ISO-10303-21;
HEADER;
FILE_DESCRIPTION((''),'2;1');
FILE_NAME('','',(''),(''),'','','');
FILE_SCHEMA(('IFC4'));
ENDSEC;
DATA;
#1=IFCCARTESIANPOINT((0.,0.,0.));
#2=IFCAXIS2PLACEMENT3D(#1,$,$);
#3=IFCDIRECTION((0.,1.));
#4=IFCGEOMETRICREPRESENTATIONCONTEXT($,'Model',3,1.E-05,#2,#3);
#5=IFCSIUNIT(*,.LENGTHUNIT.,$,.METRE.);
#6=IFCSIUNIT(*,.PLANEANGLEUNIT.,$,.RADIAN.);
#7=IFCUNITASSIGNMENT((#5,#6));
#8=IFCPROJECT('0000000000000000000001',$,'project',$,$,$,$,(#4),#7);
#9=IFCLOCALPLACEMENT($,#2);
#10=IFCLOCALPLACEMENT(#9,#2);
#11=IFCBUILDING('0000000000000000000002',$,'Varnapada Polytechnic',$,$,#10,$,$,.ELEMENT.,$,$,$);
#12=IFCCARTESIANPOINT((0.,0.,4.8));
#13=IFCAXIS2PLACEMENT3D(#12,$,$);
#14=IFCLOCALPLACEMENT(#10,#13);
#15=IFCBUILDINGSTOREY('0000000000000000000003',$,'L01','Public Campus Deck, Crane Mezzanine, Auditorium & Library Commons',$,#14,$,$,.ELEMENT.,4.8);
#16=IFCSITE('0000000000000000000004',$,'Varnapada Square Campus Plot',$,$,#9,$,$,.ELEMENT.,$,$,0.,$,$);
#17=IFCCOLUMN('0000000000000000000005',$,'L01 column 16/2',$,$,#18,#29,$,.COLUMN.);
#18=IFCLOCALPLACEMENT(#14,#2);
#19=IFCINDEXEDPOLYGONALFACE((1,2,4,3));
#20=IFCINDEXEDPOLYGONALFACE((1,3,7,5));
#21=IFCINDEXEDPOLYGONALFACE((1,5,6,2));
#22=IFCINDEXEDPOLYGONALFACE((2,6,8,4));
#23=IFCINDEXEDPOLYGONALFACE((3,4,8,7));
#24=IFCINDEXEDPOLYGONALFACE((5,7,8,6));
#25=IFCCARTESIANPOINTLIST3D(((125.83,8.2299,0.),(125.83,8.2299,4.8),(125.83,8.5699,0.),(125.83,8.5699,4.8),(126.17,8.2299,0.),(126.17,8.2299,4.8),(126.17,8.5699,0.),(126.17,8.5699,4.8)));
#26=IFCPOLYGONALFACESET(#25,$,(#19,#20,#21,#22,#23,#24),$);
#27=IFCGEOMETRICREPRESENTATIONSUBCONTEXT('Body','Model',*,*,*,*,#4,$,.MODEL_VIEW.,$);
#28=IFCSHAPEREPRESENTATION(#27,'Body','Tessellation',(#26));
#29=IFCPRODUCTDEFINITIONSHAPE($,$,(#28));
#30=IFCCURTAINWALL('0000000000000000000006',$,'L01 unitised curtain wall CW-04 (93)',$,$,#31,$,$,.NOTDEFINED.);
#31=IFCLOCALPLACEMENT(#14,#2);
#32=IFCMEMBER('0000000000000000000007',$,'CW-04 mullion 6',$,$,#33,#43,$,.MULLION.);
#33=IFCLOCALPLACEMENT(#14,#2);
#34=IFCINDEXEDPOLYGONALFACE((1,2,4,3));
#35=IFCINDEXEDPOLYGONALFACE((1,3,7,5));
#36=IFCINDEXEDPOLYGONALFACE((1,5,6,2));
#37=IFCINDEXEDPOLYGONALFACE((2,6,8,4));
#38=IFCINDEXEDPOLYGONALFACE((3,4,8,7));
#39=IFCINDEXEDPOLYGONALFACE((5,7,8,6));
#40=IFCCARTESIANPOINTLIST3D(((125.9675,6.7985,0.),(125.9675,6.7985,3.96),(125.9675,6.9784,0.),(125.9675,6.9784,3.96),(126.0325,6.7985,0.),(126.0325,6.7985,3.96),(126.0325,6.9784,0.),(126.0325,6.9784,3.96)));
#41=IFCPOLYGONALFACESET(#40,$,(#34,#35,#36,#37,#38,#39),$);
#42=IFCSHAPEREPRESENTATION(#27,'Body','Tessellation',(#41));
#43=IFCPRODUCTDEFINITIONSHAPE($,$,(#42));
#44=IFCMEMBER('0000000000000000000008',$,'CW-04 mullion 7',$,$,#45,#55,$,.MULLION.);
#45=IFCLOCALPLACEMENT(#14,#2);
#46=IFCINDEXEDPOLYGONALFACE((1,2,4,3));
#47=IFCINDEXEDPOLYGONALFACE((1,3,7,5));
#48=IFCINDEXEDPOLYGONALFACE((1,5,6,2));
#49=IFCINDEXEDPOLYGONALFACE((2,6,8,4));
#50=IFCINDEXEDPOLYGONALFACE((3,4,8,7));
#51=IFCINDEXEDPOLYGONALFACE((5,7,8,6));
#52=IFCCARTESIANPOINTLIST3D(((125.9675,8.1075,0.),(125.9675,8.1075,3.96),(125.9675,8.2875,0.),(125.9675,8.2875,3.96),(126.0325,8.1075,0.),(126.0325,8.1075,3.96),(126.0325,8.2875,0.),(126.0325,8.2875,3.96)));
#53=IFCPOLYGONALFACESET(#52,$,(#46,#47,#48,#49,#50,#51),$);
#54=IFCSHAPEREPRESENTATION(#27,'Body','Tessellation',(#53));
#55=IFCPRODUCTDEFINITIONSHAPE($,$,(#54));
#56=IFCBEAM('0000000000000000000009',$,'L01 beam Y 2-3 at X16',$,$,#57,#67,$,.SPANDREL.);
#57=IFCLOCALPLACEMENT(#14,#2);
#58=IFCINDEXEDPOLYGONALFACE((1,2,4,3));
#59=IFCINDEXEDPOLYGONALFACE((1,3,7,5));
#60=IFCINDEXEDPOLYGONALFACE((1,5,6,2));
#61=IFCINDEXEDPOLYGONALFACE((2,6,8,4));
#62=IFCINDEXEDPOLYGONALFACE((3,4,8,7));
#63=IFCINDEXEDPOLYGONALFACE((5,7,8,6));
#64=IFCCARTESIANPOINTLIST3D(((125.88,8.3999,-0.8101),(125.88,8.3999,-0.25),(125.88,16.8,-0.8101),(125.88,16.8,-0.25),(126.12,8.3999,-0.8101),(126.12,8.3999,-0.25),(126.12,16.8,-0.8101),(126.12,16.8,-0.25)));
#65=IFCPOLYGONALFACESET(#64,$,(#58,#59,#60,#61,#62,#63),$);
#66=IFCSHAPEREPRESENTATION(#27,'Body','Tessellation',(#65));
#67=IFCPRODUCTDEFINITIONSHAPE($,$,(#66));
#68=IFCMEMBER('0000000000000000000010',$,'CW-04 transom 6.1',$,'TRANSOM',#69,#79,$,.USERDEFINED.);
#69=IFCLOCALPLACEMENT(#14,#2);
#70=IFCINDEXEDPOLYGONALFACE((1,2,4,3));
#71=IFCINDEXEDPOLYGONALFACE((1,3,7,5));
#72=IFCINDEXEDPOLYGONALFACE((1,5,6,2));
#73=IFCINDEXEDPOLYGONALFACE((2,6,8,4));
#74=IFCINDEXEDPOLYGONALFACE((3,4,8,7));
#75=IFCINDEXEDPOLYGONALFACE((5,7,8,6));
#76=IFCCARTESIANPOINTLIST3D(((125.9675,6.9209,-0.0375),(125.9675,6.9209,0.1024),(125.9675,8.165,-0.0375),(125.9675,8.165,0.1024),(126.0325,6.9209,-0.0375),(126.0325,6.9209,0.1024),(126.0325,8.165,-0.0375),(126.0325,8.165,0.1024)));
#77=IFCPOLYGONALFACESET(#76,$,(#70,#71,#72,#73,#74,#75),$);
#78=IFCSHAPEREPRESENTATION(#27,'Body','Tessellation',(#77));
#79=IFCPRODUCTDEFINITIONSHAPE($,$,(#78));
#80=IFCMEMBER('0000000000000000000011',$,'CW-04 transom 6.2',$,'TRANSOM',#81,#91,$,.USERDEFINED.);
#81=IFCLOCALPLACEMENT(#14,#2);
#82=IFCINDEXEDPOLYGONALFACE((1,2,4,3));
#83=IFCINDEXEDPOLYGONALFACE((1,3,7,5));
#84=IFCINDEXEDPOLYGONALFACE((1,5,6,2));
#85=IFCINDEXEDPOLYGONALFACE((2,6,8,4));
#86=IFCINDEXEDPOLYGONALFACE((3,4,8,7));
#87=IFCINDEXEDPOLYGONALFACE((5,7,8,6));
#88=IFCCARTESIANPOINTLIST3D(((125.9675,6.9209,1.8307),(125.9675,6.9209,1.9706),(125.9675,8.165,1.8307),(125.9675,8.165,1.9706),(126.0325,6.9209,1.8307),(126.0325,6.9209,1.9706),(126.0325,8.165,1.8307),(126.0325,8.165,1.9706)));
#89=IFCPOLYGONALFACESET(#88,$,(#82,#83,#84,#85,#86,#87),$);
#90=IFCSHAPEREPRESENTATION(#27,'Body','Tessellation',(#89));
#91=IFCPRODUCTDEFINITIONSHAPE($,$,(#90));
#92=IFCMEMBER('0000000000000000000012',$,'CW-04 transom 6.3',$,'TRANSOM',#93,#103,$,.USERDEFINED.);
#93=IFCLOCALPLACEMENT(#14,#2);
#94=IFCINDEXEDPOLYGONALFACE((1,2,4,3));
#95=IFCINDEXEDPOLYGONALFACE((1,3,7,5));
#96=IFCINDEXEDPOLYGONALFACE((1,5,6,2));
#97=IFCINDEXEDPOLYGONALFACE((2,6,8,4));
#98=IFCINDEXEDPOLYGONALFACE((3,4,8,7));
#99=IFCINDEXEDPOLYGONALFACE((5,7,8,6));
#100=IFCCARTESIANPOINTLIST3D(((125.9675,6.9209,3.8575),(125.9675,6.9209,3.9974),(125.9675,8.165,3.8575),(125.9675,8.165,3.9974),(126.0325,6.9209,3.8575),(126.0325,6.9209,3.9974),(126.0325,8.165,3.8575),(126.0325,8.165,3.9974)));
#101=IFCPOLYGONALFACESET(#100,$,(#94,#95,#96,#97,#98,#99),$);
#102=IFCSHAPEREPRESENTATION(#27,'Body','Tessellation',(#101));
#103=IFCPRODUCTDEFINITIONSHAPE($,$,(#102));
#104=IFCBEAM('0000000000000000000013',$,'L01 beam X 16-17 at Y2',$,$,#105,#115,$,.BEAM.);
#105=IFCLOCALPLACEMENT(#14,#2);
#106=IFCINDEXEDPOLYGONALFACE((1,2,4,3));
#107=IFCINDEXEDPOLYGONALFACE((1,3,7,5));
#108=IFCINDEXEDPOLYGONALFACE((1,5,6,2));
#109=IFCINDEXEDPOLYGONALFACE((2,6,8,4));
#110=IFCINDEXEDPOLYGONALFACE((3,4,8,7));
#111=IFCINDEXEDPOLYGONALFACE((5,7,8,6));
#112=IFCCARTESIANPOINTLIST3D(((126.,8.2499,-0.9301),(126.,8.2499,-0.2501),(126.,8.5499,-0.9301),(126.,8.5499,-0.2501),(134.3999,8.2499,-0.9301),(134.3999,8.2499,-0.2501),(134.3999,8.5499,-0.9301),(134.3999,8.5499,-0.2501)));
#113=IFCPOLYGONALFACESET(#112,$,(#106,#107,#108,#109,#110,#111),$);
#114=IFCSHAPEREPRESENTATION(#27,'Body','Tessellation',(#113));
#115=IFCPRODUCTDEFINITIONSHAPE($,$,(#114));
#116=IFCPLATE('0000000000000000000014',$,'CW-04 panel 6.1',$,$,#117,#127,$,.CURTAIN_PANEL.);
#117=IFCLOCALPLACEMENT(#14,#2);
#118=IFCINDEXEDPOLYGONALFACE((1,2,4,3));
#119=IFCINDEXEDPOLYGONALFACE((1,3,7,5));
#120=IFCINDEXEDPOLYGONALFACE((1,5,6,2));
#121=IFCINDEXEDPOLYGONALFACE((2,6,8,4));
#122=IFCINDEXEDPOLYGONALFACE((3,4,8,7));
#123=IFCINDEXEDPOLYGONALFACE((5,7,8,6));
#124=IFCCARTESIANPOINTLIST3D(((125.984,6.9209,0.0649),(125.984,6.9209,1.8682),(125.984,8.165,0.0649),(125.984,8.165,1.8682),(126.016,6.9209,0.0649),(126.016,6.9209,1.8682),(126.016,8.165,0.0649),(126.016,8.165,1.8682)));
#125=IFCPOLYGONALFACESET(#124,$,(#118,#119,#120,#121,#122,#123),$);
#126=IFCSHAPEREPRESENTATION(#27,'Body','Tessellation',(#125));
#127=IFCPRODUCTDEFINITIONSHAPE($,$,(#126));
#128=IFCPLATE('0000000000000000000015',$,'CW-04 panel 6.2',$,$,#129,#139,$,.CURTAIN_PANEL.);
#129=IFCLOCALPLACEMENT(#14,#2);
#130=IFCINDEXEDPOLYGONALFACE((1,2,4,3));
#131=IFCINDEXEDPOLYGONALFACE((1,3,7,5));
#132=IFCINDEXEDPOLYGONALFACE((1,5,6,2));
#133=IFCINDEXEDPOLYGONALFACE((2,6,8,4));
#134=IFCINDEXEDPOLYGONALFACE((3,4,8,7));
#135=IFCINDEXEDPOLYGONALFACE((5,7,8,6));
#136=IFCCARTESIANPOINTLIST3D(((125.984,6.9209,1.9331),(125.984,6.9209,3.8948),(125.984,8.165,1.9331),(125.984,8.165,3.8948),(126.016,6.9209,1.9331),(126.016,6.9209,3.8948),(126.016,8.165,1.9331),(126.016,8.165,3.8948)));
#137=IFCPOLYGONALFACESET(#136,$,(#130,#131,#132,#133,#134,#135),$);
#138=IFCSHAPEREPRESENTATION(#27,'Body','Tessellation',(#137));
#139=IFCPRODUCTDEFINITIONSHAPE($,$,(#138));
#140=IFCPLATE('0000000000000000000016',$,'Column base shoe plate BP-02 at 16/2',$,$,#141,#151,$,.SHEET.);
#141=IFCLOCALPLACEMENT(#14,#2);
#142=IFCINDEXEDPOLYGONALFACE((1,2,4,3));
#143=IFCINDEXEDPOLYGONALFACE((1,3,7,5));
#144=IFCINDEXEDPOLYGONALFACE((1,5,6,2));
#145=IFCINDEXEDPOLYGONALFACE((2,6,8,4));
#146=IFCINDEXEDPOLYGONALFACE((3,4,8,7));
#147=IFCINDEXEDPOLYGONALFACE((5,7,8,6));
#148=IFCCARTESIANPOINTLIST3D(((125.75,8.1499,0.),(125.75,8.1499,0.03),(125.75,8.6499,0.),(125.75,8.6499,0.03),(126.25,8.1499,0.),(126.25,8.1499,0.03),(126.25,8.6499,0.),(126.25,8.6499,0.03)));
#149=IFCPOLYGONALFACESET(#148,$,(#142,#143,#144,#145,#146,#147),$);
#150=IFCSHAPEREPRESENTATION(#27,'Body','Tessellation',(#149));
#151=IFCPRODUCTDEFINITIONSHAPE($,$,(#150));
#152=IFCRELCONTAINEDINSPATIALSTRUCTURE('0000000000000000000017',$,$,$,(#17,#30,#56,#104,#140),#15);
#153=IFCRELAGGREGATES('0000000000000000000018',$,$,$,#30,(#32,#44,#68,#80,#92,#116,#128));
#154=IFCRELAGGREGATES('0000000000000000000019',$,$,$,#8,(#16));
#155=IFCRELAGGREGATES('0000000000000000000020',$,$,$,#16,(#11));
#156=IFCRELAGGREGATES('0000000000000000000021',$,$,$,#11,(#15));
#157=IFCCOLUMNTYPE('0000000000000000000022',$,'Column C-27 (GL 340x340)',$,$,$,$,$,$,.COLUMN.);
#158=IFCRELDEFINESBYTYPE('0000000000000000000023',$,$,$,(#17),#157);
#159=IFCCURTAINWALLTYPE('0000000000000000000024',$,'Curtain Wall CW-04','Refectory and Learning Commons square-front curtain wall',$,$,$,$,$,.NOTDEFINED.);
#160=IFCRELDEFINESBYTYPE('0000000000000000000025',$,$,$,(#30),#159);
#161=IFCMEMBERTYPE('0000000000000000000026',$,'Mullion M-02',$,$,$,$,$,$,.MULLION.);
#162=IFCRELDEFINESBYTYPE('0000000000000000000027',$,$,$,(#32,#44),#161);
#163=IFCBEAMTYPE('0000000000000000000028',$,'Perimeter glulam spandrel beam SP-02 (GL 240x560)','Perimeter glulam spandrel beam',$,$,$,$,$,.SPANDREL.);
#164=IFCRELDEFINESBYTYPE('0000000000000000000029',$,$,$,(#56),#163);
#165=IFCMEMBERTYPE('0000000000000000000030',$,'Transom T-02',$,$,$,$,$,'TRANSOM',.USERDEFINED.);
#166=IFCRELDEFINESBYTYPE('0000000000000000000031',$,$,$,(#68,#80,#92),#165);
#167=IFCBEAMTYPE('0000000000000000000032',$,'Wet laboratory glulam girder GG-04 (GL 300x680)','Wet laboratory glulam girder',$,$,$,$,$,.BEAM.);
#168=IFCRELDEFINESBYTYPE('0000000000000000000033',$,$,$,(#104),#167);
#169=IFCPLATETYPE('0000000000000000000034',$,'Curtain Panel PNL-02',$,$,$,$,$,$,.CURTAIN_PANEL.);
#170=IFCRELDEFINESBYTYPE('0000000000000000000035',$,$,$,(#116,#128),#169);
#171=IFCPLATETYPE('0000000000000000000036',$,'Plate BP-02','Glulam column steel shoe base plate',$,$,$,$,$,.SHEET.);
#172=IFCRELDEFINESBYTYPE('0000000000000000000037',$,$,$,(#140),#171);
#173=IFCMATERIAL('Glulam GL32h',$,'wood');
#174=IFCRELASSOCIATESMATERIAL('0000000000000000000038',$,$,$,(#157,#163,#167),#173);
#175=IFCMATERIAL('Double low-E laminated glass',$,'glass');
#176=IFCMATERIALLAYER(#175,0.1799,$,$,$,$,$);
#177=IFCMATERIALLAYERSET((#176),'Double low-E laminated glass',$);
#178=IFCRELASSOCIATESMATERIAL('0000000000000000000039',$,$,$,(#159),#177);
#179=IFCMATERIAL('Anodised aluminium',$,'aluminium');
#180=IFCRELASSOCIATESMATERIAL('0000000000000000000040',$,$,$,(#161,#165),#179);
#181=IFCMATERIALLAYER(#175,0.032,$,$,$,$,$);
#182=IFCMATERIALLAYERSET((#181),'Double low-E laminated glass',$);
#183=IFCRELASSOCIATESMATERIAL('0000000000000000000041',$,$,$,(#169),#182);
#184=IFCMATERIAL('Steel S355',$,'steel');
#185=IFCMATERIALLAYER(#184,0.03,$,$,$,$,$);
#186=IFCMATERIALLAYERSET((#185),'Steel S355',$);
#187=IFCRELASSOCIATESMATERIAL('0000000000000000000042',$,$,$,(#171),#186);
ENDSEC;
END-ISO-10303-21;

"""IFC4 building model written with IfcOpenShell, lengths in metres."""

from ifc_helpers import new_model, si_unit, direction, frame, origin, origin_2d, place, context, subcontext, project, spatial, rectangle, extrude, material, layer, layer_set, material_profile, profile_set, type_object, element, aggregate, save


model = new_model("IFC4")

# Units and contexts
model_context = context("Model", 3, precision=1e-05, world=origin(), true_north=direction((0.0, 1.0)))
body_context = subcontext(model_context, "Body", "Model", "MODEL_VIEW")
ifc_project = project(units=[si_unit("LENGTHUNIT", "METRE"), si_unit("PLANEANGLEUNIT", "RADIAN")], contexts=[model_context])

# Site, building, storey
site_placement = place(None, origin())
site = spatial("IfcSite", under=ifc_project, at=site_placement, Name="Varnapada Square Campus Plot", CompositionType="ELEMENT", RefElevation=0.0)
building_placement = place(site_placement, origin())
building = spatial("IfcBuilding", under=site, at=building_placement, Name="Varnapada Polytechnic", CompositionType="ELEMENT")
storey_placement = place(building_placement, frame((0.0, 0.0, 4.8)))
storey = spatial("IfcBuildingStorey", under=building, at=storey_placement, Name="L01", Description="Public Campus Deck, Crane Mezzanine, Auditorium & Library Commons", CompositionType="ELEMENT", Elevation=4.8)

# Column
ifc_material_1 = material(Name="Glulam GL32h", Category="wood")
ifc_material_profile_1 = material_profile(ifc_material_1, rectangle(XDim=0.3401, YDim=0.3401, at=origin_2d()), Name="GL 340x340")
ifc_profile_set_1 = profile_set([ifc_material_profile_1], Name="Glulam GL32h")
column_type = type_object("IfcColumnType", Name="Column C-27 (GL 340x340)", PredefinedType="COLUMN", material=ifc_profile_set_1)
column_placement = place(storey_placement, frame((126.0, 8.3999, 0.0), z_axis=(0.0, 0.0, 1.0), x_axis=(1.0, 0.0, 0.0)))
element("IfcColumn", 1, at=column_placement, inside=storey, type_object=column_type, Name="L01 column 16/2", PredefinedType="COLUMN", context=body_context, shape_type="SweptSolid", body=[
    extrude(rectangle(XDim=0.3401, YDim=0.3401, at=origin_2d()), origin(), (0.0, 0.0, 1.0), 4.8),
])

# Curtain wall, members
ifc_material_2 = material(Name="Double low-E laminated glass", Category="glass")
ifc_layer_1 = layer(ifc_material_2, 0.1799)
ifc_layer_set_1 = layer_set([ifc_layer_1], Name="Double low-E laminated glass")
curtain_wall_type = type_object("IfcCurtainWallType", Name="Curtain Wall CW-04", Description="Refectory and Learning Commons square-front curtain wall", PredefinedType="NOTDEFINED", material=ifc_layer_set_1)
curtain_wall_placement = place(storey_placement, origin())
curtain_wall = element("IfcCurtainWall", 2, at=curtain_wall_placement, inside=storey, type_object=curtain_wall_type, Name="L01 unitised curtain wall CW-04 (93)", PredefinedType="NOTDEFINED")
ifc_material_3 = material(Name="Anodised aluminium", Category="aluminium")
ifc_material_profile_2 = material_profile(ifc_material_3, rectangle(XDim=0.0649, YDim=0.1799, at=origin_2d()), Name="ALU M65x180")
ifc_profile_set_2 = profile_set([ifc_material_profile_2], Name="Anodised aluminium")
member_type_1 = type_object("IfcMemberType", Name="Mullion M-02", PredefinedType="MULLION", material=ifc_profile_set_2)
member_1_placement = place(storey_placement, frame((126.0, 6.8884, 0.0), z_axis=(0.0, 0.0, 1.0), x_axis=(-1.0, 0.0, 0.0)))
member_1 = element("IfcMember", 3, at=member_1_placement, type_object=member_type_1, Name="CW-04 mullion 6", PredefinedType="MULLION", context=body_context, shape_type="SweptSolid", body=[
    extrude(rectangle(XDim=0.0649, YDim=0.1799, at=origin_2d()), origin(), (0.0, 0.0, 1.0), 3.96),
])
member_2_placement = place(storey_placement, frame((126.0, 8.1975, 0.0), z_axis=(0.0, 0.0, 1.0), x_axis=(-1.0, 0.0, 0.0)))
member_2 = element("IfcMember", 4, at=member_2_placement, type_object=member_type_1, Name="CW-04 mullion 7", PredefinedType="MULLION", context=body_context, shape_type="SweptSolid", body=[
    extrude(rectangle(XDim=0.0649, YDim=0.1799, at=origin_2d()), origin(), (0.0, 0.0, 1.0), 3.96),
])

# Beam
ifc_material_profile_3 = material_profile(ifc_material_1, rectangle(XDim=0.24, YDim=0.5601, at=origin_2d()), Name="GL 240x560")
ifc_profile_set_3 = profile_set([ifc_material_profile_3], Name="Glulam GL32h")
beam_type_1 = type_object("IfcBeamType", Name="Perimeter glulam spandrel beam SP-02 (GL 240x560)", Description="Perimeter glulam spandrel beam", PredefinedType="SPANDREL", material=ifc_profile_set_3)
beam_1_placement = place(storey_placement, frame((126.0, 8.3999, -0.53), z_axis=(0.0, 1.0, 0.0), x_axis=(-1.0, 0.0, 0.0)))
element("IfcBeam", 5, at=beam_1_placement, inside=storey, type_object=beam_type_1, Name="L01 beam Y 2-3 at X16", PredefinedType="SPANDREL", context=body_context, shape_type="SweptSolid", body=[
    extrude(rectangle(XDim=0.24, YDim=0.5601, at=origin_2d()), origin(), (0.0, 0.0, 1.0), 8.4001),
])

# Members
ifc_material_profile_4 = material_profile(ifc_material_3, rectangle(XDim=0.0649, YDim=0.1399, at=origin_2d()), Name="ALU T65x140")
ifc_profile_set_4 = profile_set([ifc_material_profile_4], Name="Anodised aluminium")
member_type_2 = type_object("IfcMemberType", Name="Transom T-02", ElementType="TRANSOM", PredefinedType="USERDEFINED", material=ifc_profile_set_4)
member_3_placement = place(storey_placement, frame((126.0, 6.9209, 0.0325), z_axis=(0.0, 1.0, 0.0), x_axis=(-1.0, 0.0, 0.0)))
member_3 = element("IfcMember", 6, at=member_3_placement, type_object=member_type_2, Name="CW-04 transom 6.1", ObjectType="TRANSOM", PredefinedType="USERDEFINED", context=body_context, shape_type="SweptSolid", body=[
    extrude(rectangle(XDim=0.0649, YDim=0.1399, at=origin_2d()), origin(), (0.0, 0.0, 1.0), 1.2441),
])
member_4_placement = place(storey_placement, frame((126.0, 6.9209, 1.9006), z_axis=(0.0, 1.0, 0.0), x_axis=(-1.0, 0.0, 0.0)))
member_4 = element("IfcMember", 7, at=member_4_placement, type_object=member_type_2, Name="CW-04 transom 6.2", ObjectType="TRANSOM", PredefinedType="USERDEFINED", context=body_context, shape_type="SweptSolid", body=[
    extrude(rectangle(XDim=0.0649, YDim=0.1399, at=origin_2d()), origin(), (0.0, 0.0, 1.0), 1.2441),
])
member_5_placement = place(storey_placement, frame((126.0, 6.9209, 3.9275), z_axis=(0.0, 1.0, 0.0), x_axis=(-1.0, 0.0, 0.0)))
member_5 = element("IfcMember", 8, at=member_5_placement, type_object=member_type_2, Name="CW-04 transom 6.3", ObjectType="TRANSOM", PredefinedType="USERDEFINED", context=body_context, shape_type="SweptSolid", body=[
    extrude(rectangle(XDim=0.0649, YDim=0.1399, at=origin_2d()), origin(), (0.0, 0.0, 1.0), 1.2441),
])

# Beam
ifc_material_profile_5 = material_profile(ifc_material_1, rectangle(XDim=0.3, YDim=0.6799, at=origin_2d()), Name="GL 300x680")
ifc_profile_set_5 = profile_set([ifc_material_profile_5], Name="Glulam GL32h")
beam_type_2 = type_object("IfcBeamType", Name="Wet laboratory glulam girder GG-04 (GL 300x680)", Description="Wet laboratory glulam girder", PredefinedType="BEAM", material=ifc_profile_set_5)
beam_2_placement = place(storey_placement, frame((126.0, 8.3999, -0.5901), z_axis=(1.0, 0.0, 0.0), x_axis=(0.0, 1.0, 0.0)))
element("IfcBeam", 9, at=beam_2_placement, inside=storey, type_object=beam_type_2, Name="L01 beam X 16-17 at Y2", PredefinedType="BEAM", context=body_context, shape_type="SweptSolid", body=[
    extrude(rectangle(XDim=0.3, YDim=0.6799, at=origin_2d()), origin(), (0.0, 0.0, 1.0), 8.3999),
])

# Plates
ifc_layer_2 = layer(ifc_material_2, 0.032)
ifc_layer_set_2 = layer_set([ifc_layer_2], Name="Double low-E laminated glass")
plate_type_1 = type_object("IfcPlateType", Name="Curtain Panel PNL-02", PredefinedType="CURTAIN_PANEL", material=ifc_layer_set_2)
plate_1_placement = place(storey_placement, frame((126.0, 7.543, 0.0649), z_axis=(0.0, 0.0, 1.0), x_axis=(0.0, 1.0, 0.0)))
plate_1 = element("IfcPlate", 10, at=plate_1_placement, type_object=plate_type_1, Name="CW-04 panel 6.1", PredefinedType="CURTAIN_PANEL", context=body_context, shape_type="SweptSolid", body=[
    extrude(rectangle(XDim=1.2441, YDim=0.032, at=origin_2d()), origin(), (0.0, 0.0, 1.0), 1.8032),
])
plate_2_placement = place(storey_placement, frame((126.0, 7.543, 1.9331), z_axis=(0.0, 0.0, 1.0), x_axis=(0.0, 1.0, 0.0)))
plate_2 = element("IfcPlate", 11, at=plate_2_placement, type_object=plate_type_1, Name="CW-04 panel 6.2", PredefinedType="CURTAIN_PANEL", context=body_context, shape_type="SweptSolid", body=[
    extrude(rectangle(XDim=1.2441, YDim=0.032, at=origin_2d()), origin(), (0.0, 0.0, 1.0), 1.9617),
])
aggregate(curtain_wall, [member_1, member_2, member_3, member_4, member_5, plate_1, plate_2])
ifc_material_4 = material(Name="Steel S355", Category="steel")
ifc_layer_3 = layer(ifc_material_4, 0.03)
ifc_layer_set_3 = layer_set([ifc_layer_3], Name="Steel S355")
plate_type_2 = type_object("IfcPlateType", Name="Plate BP-02", Description="Glulam column steel shoe base plate", PredefinedType="SHEET", material=ifc_layer_set_3)
plate_3_placement = place(storey_placement, frame((126.0, 8.3999, 0.0), z_axis=(0.0, 0.0, 1.0), x_axis=(1.0, 0.0, 0.0)))
element("IfcPlate", 12, at=plate_3_placement, inside=storey, type_object=plate_type_2, Name="Column base shoe plate BP-02 at 16/2", PredefinedType="SHEET", context=body_context, shape_type="SweptSolid", body=[
    extrude(rectangle(XDim=0.5, YDim=0.5, at=origin_2d()), origin(), (0.0, 0.0, 1.0), 0.03),
])

save(model, "model.ifc")
